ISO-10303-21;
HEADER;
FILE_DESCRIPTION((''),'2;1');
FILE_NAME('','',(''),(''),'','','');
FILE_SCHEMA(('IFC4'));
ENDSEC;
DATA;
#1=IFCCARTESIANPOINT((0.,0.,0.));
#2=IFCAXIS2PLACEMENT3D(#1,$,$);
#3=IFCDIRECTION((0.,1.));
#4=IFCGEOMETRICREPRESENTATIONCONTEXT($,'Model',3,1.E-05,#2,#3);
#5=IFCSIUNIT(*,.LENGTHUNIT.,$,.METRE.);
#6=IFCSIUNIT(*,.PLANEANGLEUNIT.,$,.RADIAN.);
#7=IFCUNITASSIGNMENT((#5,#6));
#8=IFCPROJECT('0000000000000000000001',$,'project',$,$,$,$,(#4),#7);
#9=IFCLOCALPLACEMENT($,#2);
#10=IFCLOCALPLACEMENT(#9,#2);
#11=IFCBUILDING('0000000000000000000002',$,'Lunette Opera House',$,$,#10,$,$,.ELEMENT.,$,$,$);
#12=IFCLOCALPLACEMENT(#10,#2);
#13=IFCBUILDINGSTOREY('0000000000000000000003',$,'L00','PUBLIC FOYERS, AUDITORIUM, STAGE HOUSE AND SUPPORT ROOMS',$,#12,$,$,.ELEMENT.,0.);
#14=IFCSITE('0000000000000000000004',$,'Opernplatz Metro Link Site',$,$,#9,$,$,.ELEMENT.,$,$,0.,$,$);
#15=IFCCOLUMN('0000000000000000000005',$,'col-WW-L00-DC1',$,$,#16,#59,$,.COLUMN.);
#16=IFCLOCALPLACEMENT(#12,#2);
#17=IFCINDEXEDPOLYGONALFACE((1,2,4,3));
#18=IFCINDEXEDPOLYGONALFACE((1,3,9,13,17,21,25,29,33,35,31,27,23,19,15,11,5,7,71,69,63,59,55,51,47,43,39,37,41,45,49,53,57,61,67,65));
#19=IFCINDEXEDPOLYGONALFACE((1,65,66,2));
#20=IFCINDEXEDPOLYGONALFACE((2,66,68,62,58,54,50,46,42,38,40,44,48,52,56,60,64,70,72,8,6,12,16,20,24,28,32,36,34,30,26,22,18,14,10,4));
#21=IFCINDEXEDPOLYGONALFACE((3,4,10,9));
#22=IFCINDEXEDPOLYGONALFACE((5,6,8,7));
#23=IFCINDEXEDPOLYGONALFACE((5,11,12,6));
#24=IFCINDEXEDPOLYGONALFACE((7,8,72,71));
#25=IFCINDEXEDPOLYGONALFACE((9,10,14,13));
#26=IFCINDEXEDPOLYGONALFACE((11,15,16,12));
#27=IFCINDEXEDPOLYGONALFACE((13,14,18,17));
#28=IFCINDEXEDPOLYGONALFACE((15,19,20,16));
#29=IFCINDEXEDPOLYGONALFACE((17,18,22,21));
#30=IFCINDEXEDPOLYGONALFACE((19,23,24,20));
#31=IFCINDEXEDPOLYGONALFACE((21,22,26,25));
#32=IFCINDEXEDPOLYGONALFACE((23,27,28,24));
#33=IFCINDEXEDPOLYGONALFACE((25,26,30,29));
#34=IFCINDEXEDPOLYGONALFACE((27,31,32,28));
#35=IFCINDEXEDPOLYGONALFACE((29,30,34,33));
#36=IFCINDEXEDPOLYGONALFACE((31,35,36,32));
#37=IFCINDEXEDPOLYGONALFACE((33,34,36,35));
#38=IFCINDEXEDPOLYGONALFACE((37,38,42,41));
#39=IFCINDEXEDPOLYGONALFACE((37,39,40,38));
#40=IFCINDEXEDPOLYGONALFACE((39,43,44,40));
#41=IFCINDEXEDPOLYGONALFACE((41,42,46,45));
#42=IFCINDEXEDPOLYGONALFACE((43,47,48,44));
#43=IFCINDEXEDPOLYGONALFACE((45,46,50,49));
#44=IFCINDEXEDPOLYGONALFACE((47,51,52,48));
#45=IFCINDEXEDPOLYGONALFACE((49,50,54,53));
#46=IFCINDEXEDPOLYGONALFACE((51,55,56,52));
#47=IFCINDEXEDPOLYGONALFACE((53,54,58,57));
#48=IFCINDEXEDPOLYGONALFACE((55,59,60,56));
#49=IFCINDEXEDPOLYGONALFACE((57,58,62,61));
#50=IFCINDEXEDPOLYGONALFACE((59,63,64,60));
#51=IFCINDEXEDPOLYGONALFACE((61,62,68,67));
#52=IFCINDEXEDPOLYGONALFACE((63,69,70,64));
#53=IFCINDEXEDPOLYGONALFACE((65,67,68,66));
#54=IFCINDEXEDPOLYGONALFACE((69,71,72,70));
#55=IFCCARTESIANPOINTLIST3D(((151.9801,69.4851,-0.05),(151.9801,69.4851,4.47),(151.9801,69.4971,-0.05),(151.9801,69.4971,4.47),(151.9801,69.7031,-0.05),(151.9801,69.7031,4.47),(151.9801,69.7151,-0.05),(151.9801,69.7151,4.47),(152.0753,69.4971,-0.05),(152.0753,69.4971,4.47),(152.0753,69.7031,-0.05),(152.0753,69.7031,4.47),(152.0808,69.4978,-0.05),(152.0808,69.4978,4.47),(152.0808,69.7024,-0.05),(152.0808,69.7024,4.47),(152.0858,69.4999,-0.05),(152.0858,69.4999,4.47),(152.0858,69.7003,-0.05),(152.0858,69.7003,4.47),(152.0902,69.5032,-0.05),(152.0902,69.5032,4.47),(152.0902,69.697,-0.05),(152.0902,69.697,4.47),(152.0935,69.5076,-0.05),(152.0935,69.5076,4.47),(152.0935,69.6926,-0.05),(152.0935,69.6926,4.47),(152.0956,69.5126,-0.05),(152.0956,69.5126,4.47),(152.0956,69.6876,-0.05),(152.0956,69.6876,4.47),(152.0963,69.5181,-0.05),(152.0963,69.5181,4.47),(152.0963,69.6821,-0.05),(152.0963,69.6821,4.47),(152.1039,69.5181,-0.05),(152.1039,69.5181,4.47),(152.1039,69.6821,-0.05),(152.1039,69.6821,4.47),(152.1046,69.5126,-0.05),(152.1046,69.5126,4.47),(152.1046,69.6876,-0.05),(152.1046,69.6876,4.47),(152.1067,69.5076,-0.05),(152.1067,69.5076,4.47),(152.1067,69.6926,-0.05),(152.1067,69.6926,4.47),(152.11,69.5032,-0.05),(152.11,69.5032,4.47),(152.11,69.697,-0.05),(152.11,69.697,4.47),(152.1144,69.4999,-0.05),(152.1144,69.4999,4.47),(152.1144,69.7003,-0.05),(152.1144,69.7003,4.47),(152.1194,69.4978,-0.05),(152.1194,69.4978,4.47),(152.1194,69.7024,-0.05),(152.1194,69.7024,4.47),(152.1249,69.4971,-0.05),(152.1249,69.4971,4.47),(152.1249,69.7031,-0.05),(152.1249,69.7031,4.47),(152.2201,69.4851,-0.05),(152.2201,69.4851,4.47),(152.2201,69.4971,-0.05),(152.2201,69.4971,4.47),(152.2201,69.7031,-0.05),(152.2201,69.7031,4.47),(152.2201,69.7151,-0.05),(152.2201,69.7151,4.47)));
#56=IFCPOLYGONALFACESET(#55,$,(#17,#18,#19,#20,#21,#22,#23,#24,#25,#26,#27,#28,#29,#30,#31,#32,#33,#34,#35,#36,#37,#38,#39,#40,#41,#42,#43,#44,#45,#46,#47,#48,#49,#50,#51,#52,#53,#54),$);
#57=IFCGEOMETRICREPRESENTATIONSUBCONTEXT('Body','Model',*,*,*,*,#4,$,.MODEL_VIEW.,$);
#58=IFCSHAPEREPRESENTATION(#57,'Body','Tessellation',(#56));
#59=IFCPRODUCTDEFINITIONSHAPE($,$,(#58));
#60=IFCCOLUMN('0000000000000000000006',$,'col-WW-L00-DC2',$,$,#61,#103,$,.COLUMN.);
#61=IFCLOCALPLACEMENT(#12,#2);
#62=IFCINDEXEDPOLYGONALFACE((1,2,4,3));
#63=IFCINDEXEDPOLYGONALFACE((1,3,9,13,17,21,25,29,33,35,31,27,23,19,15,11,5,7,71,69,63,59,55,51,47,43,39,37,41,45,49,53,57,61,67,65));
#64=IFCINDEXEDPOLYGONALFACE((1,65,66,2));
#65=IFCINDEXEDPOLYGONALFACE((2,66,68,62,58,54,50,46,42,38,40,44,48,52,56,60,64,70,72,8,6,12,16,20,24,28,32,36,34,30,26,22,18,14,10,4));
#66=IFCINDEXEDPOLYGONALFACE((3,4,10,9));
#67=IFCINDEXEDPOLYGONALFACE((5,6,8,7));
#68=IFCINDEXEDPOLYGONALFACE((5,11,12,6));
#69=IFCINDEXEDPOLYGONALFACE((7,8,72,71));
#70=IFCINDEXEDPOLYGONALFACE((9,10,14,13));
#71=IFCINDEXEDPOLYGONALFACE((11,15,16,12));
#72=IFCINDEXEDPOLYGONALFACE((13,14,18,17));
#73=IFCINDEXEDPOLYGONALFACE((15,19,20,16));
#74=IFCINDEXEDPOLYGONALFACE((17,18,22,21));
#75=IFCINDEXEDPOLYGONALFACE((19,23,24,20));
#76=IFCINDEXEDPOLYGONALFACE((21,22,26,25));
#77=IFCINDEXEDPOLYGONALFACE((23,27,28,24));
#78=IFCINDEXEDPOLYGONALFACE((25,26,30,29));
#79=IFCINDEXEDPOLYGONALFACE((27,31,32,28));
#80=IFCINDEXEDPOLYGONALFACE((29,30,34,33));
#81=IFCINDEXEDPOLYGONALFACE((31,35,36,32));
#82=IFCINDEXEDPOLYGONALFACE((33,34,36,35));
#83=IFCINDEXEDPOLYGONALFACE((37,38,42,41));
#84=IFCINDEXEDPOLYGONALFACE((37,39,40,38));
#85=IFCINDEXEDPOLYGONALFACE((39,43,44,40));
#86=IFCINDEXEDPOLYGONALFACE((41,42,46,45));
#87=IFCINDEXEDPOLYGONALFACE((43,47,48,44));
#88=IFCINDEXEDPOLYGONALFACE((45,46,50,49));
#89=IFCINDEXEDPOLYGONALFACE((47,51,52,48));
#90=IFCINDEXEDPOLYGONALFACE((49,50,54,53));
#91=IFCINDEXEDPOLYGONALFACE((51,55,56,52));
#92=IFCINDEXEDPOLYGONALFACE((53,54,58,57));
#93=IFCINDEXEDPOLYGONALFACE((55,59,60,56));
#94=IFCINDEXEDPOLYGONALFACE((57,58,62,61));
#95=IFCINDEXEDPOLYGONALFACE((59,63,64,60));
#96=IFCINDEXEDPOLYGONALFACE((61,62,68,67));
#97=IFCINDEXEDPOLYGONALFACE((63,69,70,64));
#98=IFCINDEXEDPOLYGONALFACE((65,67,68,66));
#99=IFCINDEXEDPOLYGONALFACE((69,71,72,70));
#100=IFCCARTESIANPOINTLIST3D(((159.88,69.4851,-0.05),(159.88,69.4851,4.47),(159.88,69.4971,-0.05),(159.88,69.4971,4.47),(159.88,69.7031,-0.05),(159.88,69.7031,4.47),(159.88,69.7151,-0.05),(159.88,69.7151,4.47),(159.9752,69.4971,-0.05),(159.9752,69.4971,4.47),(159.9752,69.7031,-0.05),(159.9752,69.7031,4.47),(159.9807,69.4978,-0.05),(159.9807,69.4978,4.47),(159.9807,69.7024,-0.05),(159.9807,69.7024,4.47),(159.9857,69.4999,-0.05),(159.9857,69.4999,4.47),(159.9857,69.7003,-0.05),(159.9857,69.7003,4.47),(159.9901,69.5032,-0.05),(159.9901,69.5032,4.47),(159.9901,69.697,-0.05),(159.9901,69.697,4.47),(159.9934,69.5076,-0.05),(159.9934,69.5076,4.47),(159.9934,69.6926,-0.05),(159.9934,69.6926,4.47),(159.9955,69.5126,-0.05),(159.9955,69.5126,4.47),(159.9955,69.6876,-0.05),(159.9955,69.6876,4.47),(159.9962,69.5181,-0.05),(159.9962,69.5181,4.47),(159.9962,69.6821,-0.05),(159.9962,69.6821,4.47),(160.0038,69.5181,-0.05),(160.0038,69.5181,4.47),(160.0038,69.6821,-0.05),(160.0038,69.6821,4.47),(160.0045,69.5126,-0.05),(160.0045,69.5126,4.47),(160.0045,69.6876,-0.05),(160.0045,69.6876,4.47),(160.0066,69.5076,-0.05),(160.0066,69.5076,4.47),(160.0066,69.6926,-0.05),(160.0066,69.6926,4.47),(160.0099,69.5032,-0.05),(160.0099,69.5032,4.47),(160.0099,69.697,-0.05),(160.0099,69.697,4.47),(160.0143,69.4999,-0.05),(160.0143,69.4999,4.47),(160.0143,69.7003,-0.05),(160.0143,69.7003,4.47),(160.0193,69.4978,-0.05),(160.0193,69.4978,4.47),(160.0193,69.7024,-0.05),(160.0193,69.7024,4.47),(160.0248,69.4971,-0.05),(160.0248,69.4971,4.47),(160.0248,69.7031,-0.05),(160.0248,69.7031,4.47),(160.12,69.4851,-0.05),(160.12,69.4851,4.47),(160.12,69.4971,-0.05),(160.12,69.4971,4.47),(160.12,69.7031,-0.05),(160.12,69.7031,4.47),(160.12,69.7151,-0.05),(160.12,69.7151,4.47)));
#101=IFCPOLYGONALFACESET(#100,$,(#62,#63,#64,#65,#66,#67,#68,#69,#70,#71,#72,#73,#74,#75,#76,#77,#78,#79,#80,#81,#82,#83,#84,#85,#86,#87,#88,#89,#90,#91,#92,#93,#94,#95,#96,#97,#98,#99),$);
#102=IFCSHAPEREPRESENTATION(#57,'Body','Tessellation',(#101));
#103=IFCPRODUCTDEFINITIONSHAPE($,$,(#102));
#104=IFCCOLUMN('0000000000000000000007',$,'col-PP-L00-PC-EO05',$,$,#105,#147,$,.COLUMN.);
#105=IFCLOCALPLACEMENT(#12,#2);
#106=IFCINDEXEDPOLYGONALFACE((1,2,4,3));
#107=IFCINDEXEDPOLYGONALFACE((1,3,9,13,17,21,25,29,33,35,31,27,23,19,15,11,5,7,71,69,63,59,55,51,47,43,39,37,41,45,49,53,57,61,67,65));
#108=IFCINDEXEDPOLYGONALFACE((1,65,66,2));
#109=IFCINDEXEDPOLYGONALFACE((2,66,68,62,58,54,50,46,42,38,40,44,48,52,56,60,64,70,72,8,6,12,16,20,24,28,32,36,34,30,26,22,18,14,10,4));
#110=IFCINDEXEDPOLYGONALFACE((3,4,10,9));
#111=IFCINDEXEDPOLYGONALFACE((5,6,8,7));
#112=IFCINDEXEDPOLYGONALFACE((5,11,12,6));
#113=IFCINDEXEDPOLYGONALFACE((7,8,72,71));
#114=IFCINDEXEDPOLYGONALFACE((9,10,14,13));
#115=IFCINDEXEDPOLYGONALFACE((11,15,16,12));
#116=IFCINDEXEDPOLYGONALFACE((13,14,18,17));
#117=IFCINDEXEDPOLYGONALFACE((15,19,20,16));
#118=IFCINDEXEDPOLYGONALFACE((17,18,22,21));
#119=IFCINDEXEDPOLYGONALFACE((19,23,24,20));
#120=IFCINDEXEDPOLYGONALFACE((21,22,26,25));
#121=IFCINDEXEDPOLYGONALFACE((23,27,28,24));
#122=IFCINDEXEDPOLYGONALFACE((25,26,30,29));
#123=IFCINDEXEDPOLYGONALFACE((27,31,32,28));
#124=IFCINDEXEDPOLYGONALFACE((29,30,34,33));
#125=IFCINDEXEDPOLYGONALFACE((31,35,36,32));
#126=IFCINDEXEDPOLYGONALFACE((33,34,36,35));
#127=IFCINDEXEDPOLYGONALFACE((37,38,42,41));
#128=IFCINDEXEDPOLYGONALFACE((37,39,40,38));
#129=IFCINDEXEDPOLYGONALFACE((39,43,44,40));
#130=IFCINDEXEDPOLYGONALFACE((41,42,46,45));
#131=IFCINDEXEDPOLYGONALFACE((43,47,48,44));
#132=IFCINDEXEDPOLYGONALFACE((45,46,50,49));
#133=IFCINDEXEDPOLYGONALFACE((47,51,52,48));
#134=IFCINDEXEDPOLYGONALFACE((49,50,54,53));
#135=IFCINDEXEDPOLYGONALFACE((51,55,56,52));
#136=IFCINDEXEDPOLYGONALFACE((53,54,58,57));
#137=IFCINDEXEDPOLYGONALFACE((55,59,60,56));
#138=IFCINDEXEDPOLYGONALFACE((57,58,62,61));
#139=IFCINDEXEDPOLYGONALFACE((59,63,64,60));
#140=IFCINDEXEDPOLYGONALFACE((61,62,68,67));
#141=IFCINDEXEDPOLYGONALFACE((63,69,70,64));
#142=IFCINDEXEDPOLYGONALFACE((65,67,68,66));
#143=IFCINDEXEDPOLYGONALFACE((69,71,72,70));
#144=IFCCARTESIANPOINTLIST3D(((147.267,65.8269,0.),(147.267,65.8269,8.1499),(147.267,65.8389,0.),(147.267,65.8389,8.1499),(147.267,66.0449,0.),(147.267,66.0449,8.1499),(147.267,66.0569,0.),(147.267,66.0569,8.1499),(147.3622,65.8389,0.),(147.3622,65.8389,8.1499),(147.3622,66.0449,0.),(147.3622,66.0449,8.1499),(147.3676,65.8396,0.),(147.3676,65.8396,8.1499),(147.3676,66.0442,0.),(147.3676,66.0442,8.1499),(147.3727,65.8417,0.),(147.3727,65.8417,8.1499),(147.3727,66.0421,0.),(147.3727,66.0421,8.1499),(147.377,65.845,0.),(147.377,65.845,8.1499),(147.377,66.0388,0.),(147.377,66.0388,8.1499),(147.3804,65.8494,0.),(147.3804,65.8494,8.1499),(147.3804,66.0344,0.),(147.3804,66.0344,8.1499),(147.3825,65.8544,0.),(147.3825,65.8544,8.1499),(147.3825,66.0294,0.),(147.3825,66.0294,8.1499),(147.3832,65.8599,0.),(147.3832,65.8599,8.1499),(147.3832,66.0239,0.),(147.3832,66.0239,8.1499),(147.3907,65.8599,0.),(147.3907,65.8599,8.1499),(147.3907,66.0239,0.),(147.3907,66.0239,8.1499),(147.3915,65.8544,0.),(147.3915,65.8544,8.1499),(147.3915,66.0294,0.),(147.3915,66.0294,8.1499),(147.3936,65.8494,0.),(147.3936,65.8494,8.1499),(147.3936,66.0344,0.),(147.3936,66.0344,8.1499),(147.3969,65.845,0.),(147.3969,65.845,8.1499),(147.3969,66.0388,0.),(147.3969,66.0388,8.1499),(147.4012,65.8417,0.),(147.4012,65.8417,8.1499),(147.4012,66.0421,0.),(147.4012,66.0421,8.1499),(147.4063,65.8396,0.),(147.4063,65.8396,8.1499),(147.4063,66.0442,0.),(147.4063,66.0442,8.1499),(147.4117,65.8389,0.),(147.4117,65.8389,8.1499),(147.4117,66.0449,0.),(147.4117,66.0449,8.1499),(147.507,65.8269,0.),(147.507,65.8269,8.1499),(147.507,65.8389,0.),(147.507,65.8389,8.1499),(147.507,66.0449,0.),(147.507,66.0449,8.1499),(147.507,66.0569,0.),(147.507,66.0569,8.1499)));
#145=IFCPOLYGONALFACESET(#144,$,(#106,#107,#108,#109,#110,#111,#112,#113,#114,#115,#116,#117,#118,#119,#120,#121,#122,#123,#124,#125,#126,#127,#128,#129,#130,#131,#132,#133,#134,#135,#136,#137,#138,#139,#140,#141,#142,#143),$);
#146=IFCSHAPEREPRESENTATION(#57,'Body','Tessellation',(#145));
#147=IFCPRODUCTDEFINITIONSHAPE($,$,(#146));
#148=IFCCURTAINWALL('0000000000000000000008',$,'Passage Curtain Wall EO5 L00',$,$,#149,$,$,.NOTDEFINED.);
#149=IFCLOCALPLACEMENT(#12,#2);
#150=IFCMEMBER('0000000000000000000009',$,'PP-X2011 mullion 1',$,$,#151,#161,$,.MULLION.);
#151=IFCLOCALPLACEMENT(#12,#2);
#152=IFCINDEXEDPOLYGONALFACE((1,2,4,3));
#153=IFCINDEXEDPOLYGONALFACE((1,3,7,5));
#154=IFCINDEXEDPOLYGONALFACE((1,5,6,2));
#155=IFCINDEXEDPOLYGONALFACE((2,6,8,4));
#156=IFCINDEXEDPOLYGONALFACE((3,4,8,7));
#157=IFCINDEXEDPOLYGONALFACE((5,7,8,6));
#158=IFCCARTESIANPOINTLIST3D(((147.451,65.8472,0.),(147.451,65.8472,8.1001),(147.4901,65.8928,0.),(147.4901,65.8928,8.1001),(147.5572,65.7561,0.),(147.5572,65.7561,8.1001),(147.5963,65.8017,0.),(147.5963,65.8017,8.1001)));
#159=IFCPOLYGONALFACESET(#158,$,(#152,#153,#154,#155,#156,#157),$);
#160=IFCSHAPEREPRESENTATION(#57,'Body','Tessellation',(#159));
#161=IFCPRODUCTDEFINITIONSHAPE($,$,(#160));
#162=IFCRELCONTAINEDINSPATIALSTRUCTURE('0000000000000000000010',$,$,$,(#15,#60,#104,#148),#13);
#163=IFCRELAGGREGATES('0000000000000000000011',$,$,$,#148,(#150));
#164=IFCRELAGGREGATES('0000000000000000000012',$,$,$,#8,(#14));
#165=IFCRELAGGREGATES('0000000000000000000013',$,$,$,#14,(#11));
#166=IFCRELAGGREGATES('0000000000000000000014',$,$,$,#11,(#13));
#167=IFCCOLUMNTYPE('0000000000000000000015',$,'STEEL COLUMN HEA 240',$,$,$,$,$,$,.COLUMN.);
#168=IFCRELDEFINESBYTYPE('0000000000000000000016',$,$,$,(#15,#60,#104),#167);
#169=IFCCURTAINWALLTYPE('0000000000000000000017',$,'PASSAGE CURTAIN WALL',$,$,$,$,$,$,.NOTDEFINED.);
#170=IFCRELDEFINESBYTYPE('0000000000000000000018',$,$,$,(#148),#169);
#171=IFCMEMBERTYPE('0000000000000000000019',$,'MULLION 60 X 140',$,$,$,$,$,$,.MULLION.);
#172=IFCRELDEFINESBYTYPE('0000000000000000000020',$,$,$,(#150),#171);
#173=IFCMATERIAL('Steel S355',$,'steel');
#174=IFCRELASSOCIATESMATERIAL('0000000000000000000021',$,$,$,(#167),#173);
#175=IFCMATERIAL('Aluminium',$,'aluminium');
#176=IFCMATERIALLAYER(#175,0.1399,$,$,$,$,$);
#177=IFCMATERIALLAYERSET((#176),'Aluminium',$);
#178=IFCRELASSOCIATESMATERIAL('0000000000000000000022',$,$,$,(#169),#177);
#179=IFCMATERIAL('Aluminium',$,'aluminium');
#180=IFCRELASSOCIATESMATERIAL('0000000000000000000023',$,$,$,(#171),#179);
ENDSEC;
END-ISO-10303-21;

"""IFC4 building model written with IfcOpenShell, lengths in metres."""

from ifc_helpers import new_model, si_unit, direction, frame, origin, origin_2d, place, context, subcontext, project, spatial, rectangle, i_section, extrude, material, layer, layer_set, material_profile, profile_set, type_object, element, aggregate, save


model = new_model("IFC4")

# Units and contexts
model_context = context("Model", 3, precision=1e-05, world=origin(), true_north=direction((0.0, 1.0)))
body_context = subcontext(model_context, "Body", "Model", "MODEL_VIEW")
ifc_project = project(units=[si_unit("LENGTHUNIT", "METRE"), si_unit("PLANEANGLEUNIT", "RADIAN")], contexts=[model_context])

# Site, building, storey
site_placement = place(None, origin())
site = spatial("IfcSite", under=ifc_project, at=site_placement, Name="Opernplatz Metro Link Site", CompositionType="ELEMENT", RefElevation=0.0)
building_placement = place(site_placement, origin())
building = spatial("IfcBuilding", under=site, at=building_placement, Name="Lunette Opera House", CompositionType="ELEMENT")
storey_placement = place(building_placement, origin())
storey = spatial("IfcBuildingStorey", under=building, at=storey_placement, Name="L00", Description="PUBLIC FOYERS, AUDITORIUM, STAGE HOUSE AND SUPPORT ROOMS", CompositionType="ELEMENT", Elevation=0.0)

# Columns
ifc_material_1 = material(Name="Steel S355", Category="steel")
ifc_material_profile_1 = material_profile(ifc_material_1, i_section(OverallWidth=0.24, OverallDepth=0.23, WebThickness=0.0076, FlangeThickness=0.012, FilletRadius=0.021, at=origin_2d()), Name="HEA 240")
ifc_profile_set_1 = profile_set([ifc_material_profile_1], Name="Steel S355")
column_type = type_object("IfcColumnType", Name="STEEL COLUMN HEA 240", PredefinedType="COLUMN", material=ifc_profile_set_1)
for number, where, z_axis, x_axis, name in (
    (1, (152.1001, 69.6001, -0.05), (0.0, 0.0, 1.0), (1.0, 0.0, 0.0), "col-WW-L00-DC1"),
    (2, (160.0, 69.6001, -0.05), (0.0, 0.0, 1.0), (1.0, 0.0, 0.0), "col-WW-L00-DC2"),
):
    element("IfcColumn", number, at=place(storey_placement, frame(where, z_axis=z_axis, x_axis=x_axis)), inside=storey, type_object=column_type, Name=name, PredefinedType="COLUMN", context=body_context, shape_type="SweptSolid", body=[
        extrude(i_section(OverallWidth=0.24, OverallDepth=0.23, WebThickness=0.0076, FlangeThickness=0.012, FilletRadius=0.021, at=origin_2d()), origin(), (0.0, 0.0, 1.0), 4.52),
    ])
column_placement = place(storey_placement, frame((147.387, 65.9419, 0.0), z_axis=(0.0, 0.0, 1.0), x_axis=(1.0, 0.0, 0.0)))
element("IfcColumn", 3, at=column_placement, inside=storey, type_object=column_type, Name="col-PP-L00-PC-EO05", PredefinedType="COLUMN", context=body_context, shape_type="SweptSolid", body=[
    extrude(i_section(OverallWidth=0.24, OverallDepth=0.23, WebThickness=0.0076, FlangeThickness=0.012, FilletRadius=0.021, at=origin_2d()), origin(), (0.0, 0.0, 1.0), 8.1499),
])

# Curtain wall, member
ifc_material_2 = material(Name="Aluminium", Category="aluminium")
ifc_layer_1 = layer(ifc_material_2, 0.1399)
ifc_layer_set_1 = layer_set([ifc_layer_1], Name="Aluminium")
curtain_wall_type = type_object("IfcCurtainWallType", Name="PASSAGE CURTAIN WALL", PredefinedType="NOTDEFINED", material=ifc_layer_set_1)
curtain_wall_placement = place(storey_placement, origin())
curtain_wall = element("IfcCurtainWall", 4, at=curtain_wall_placement, inside=storey, type_object=curtain_wall_type, Name="Passage Curtain Wall EO5 L00", PredefinedType="NOTDEFINED")
ifc_material_3 = material(Name="Aluminium", Category="aluminium")
ifc_material_profile_2 = material_profile(ifc_material_3, rectangle(XDim=0.0601, YDim=0.1399, at=origin_2d()), Name="MULLION 60 X 140")
ifc_profile_set_2 = profile_set([ifc_material_profile_2], Name="Aluminium")
member_type_1 = type_object("IfcMemberType", Name="MULLION 60 X 140", PredefinedType="MULLION", material=ifc_profile_set_2)
member_1_placement = place(storey_placement, frame((147.5237, 65.8245, 0.0), z_axis=(0.0, 0.0, 1.0), x_axis=(0.650857, 0.7592, 0.0)))
member_1 = element("IfcMember", 5, at=member_1_placement, type_object=member_type_1, Name="PP-X2011 mullion 1", PredefinedType="MULLION", context=body_context, shape_type="SweptSolid", body=[
    extrude(rectangle(XDim=0.0601, YDim=0.1399, at=origin_2d()), origin(), (0.0, 0.0, 1.0), 8.1001),
])

aggregate(curtain_wall, [member_1])

save(model, "model.ifc")
